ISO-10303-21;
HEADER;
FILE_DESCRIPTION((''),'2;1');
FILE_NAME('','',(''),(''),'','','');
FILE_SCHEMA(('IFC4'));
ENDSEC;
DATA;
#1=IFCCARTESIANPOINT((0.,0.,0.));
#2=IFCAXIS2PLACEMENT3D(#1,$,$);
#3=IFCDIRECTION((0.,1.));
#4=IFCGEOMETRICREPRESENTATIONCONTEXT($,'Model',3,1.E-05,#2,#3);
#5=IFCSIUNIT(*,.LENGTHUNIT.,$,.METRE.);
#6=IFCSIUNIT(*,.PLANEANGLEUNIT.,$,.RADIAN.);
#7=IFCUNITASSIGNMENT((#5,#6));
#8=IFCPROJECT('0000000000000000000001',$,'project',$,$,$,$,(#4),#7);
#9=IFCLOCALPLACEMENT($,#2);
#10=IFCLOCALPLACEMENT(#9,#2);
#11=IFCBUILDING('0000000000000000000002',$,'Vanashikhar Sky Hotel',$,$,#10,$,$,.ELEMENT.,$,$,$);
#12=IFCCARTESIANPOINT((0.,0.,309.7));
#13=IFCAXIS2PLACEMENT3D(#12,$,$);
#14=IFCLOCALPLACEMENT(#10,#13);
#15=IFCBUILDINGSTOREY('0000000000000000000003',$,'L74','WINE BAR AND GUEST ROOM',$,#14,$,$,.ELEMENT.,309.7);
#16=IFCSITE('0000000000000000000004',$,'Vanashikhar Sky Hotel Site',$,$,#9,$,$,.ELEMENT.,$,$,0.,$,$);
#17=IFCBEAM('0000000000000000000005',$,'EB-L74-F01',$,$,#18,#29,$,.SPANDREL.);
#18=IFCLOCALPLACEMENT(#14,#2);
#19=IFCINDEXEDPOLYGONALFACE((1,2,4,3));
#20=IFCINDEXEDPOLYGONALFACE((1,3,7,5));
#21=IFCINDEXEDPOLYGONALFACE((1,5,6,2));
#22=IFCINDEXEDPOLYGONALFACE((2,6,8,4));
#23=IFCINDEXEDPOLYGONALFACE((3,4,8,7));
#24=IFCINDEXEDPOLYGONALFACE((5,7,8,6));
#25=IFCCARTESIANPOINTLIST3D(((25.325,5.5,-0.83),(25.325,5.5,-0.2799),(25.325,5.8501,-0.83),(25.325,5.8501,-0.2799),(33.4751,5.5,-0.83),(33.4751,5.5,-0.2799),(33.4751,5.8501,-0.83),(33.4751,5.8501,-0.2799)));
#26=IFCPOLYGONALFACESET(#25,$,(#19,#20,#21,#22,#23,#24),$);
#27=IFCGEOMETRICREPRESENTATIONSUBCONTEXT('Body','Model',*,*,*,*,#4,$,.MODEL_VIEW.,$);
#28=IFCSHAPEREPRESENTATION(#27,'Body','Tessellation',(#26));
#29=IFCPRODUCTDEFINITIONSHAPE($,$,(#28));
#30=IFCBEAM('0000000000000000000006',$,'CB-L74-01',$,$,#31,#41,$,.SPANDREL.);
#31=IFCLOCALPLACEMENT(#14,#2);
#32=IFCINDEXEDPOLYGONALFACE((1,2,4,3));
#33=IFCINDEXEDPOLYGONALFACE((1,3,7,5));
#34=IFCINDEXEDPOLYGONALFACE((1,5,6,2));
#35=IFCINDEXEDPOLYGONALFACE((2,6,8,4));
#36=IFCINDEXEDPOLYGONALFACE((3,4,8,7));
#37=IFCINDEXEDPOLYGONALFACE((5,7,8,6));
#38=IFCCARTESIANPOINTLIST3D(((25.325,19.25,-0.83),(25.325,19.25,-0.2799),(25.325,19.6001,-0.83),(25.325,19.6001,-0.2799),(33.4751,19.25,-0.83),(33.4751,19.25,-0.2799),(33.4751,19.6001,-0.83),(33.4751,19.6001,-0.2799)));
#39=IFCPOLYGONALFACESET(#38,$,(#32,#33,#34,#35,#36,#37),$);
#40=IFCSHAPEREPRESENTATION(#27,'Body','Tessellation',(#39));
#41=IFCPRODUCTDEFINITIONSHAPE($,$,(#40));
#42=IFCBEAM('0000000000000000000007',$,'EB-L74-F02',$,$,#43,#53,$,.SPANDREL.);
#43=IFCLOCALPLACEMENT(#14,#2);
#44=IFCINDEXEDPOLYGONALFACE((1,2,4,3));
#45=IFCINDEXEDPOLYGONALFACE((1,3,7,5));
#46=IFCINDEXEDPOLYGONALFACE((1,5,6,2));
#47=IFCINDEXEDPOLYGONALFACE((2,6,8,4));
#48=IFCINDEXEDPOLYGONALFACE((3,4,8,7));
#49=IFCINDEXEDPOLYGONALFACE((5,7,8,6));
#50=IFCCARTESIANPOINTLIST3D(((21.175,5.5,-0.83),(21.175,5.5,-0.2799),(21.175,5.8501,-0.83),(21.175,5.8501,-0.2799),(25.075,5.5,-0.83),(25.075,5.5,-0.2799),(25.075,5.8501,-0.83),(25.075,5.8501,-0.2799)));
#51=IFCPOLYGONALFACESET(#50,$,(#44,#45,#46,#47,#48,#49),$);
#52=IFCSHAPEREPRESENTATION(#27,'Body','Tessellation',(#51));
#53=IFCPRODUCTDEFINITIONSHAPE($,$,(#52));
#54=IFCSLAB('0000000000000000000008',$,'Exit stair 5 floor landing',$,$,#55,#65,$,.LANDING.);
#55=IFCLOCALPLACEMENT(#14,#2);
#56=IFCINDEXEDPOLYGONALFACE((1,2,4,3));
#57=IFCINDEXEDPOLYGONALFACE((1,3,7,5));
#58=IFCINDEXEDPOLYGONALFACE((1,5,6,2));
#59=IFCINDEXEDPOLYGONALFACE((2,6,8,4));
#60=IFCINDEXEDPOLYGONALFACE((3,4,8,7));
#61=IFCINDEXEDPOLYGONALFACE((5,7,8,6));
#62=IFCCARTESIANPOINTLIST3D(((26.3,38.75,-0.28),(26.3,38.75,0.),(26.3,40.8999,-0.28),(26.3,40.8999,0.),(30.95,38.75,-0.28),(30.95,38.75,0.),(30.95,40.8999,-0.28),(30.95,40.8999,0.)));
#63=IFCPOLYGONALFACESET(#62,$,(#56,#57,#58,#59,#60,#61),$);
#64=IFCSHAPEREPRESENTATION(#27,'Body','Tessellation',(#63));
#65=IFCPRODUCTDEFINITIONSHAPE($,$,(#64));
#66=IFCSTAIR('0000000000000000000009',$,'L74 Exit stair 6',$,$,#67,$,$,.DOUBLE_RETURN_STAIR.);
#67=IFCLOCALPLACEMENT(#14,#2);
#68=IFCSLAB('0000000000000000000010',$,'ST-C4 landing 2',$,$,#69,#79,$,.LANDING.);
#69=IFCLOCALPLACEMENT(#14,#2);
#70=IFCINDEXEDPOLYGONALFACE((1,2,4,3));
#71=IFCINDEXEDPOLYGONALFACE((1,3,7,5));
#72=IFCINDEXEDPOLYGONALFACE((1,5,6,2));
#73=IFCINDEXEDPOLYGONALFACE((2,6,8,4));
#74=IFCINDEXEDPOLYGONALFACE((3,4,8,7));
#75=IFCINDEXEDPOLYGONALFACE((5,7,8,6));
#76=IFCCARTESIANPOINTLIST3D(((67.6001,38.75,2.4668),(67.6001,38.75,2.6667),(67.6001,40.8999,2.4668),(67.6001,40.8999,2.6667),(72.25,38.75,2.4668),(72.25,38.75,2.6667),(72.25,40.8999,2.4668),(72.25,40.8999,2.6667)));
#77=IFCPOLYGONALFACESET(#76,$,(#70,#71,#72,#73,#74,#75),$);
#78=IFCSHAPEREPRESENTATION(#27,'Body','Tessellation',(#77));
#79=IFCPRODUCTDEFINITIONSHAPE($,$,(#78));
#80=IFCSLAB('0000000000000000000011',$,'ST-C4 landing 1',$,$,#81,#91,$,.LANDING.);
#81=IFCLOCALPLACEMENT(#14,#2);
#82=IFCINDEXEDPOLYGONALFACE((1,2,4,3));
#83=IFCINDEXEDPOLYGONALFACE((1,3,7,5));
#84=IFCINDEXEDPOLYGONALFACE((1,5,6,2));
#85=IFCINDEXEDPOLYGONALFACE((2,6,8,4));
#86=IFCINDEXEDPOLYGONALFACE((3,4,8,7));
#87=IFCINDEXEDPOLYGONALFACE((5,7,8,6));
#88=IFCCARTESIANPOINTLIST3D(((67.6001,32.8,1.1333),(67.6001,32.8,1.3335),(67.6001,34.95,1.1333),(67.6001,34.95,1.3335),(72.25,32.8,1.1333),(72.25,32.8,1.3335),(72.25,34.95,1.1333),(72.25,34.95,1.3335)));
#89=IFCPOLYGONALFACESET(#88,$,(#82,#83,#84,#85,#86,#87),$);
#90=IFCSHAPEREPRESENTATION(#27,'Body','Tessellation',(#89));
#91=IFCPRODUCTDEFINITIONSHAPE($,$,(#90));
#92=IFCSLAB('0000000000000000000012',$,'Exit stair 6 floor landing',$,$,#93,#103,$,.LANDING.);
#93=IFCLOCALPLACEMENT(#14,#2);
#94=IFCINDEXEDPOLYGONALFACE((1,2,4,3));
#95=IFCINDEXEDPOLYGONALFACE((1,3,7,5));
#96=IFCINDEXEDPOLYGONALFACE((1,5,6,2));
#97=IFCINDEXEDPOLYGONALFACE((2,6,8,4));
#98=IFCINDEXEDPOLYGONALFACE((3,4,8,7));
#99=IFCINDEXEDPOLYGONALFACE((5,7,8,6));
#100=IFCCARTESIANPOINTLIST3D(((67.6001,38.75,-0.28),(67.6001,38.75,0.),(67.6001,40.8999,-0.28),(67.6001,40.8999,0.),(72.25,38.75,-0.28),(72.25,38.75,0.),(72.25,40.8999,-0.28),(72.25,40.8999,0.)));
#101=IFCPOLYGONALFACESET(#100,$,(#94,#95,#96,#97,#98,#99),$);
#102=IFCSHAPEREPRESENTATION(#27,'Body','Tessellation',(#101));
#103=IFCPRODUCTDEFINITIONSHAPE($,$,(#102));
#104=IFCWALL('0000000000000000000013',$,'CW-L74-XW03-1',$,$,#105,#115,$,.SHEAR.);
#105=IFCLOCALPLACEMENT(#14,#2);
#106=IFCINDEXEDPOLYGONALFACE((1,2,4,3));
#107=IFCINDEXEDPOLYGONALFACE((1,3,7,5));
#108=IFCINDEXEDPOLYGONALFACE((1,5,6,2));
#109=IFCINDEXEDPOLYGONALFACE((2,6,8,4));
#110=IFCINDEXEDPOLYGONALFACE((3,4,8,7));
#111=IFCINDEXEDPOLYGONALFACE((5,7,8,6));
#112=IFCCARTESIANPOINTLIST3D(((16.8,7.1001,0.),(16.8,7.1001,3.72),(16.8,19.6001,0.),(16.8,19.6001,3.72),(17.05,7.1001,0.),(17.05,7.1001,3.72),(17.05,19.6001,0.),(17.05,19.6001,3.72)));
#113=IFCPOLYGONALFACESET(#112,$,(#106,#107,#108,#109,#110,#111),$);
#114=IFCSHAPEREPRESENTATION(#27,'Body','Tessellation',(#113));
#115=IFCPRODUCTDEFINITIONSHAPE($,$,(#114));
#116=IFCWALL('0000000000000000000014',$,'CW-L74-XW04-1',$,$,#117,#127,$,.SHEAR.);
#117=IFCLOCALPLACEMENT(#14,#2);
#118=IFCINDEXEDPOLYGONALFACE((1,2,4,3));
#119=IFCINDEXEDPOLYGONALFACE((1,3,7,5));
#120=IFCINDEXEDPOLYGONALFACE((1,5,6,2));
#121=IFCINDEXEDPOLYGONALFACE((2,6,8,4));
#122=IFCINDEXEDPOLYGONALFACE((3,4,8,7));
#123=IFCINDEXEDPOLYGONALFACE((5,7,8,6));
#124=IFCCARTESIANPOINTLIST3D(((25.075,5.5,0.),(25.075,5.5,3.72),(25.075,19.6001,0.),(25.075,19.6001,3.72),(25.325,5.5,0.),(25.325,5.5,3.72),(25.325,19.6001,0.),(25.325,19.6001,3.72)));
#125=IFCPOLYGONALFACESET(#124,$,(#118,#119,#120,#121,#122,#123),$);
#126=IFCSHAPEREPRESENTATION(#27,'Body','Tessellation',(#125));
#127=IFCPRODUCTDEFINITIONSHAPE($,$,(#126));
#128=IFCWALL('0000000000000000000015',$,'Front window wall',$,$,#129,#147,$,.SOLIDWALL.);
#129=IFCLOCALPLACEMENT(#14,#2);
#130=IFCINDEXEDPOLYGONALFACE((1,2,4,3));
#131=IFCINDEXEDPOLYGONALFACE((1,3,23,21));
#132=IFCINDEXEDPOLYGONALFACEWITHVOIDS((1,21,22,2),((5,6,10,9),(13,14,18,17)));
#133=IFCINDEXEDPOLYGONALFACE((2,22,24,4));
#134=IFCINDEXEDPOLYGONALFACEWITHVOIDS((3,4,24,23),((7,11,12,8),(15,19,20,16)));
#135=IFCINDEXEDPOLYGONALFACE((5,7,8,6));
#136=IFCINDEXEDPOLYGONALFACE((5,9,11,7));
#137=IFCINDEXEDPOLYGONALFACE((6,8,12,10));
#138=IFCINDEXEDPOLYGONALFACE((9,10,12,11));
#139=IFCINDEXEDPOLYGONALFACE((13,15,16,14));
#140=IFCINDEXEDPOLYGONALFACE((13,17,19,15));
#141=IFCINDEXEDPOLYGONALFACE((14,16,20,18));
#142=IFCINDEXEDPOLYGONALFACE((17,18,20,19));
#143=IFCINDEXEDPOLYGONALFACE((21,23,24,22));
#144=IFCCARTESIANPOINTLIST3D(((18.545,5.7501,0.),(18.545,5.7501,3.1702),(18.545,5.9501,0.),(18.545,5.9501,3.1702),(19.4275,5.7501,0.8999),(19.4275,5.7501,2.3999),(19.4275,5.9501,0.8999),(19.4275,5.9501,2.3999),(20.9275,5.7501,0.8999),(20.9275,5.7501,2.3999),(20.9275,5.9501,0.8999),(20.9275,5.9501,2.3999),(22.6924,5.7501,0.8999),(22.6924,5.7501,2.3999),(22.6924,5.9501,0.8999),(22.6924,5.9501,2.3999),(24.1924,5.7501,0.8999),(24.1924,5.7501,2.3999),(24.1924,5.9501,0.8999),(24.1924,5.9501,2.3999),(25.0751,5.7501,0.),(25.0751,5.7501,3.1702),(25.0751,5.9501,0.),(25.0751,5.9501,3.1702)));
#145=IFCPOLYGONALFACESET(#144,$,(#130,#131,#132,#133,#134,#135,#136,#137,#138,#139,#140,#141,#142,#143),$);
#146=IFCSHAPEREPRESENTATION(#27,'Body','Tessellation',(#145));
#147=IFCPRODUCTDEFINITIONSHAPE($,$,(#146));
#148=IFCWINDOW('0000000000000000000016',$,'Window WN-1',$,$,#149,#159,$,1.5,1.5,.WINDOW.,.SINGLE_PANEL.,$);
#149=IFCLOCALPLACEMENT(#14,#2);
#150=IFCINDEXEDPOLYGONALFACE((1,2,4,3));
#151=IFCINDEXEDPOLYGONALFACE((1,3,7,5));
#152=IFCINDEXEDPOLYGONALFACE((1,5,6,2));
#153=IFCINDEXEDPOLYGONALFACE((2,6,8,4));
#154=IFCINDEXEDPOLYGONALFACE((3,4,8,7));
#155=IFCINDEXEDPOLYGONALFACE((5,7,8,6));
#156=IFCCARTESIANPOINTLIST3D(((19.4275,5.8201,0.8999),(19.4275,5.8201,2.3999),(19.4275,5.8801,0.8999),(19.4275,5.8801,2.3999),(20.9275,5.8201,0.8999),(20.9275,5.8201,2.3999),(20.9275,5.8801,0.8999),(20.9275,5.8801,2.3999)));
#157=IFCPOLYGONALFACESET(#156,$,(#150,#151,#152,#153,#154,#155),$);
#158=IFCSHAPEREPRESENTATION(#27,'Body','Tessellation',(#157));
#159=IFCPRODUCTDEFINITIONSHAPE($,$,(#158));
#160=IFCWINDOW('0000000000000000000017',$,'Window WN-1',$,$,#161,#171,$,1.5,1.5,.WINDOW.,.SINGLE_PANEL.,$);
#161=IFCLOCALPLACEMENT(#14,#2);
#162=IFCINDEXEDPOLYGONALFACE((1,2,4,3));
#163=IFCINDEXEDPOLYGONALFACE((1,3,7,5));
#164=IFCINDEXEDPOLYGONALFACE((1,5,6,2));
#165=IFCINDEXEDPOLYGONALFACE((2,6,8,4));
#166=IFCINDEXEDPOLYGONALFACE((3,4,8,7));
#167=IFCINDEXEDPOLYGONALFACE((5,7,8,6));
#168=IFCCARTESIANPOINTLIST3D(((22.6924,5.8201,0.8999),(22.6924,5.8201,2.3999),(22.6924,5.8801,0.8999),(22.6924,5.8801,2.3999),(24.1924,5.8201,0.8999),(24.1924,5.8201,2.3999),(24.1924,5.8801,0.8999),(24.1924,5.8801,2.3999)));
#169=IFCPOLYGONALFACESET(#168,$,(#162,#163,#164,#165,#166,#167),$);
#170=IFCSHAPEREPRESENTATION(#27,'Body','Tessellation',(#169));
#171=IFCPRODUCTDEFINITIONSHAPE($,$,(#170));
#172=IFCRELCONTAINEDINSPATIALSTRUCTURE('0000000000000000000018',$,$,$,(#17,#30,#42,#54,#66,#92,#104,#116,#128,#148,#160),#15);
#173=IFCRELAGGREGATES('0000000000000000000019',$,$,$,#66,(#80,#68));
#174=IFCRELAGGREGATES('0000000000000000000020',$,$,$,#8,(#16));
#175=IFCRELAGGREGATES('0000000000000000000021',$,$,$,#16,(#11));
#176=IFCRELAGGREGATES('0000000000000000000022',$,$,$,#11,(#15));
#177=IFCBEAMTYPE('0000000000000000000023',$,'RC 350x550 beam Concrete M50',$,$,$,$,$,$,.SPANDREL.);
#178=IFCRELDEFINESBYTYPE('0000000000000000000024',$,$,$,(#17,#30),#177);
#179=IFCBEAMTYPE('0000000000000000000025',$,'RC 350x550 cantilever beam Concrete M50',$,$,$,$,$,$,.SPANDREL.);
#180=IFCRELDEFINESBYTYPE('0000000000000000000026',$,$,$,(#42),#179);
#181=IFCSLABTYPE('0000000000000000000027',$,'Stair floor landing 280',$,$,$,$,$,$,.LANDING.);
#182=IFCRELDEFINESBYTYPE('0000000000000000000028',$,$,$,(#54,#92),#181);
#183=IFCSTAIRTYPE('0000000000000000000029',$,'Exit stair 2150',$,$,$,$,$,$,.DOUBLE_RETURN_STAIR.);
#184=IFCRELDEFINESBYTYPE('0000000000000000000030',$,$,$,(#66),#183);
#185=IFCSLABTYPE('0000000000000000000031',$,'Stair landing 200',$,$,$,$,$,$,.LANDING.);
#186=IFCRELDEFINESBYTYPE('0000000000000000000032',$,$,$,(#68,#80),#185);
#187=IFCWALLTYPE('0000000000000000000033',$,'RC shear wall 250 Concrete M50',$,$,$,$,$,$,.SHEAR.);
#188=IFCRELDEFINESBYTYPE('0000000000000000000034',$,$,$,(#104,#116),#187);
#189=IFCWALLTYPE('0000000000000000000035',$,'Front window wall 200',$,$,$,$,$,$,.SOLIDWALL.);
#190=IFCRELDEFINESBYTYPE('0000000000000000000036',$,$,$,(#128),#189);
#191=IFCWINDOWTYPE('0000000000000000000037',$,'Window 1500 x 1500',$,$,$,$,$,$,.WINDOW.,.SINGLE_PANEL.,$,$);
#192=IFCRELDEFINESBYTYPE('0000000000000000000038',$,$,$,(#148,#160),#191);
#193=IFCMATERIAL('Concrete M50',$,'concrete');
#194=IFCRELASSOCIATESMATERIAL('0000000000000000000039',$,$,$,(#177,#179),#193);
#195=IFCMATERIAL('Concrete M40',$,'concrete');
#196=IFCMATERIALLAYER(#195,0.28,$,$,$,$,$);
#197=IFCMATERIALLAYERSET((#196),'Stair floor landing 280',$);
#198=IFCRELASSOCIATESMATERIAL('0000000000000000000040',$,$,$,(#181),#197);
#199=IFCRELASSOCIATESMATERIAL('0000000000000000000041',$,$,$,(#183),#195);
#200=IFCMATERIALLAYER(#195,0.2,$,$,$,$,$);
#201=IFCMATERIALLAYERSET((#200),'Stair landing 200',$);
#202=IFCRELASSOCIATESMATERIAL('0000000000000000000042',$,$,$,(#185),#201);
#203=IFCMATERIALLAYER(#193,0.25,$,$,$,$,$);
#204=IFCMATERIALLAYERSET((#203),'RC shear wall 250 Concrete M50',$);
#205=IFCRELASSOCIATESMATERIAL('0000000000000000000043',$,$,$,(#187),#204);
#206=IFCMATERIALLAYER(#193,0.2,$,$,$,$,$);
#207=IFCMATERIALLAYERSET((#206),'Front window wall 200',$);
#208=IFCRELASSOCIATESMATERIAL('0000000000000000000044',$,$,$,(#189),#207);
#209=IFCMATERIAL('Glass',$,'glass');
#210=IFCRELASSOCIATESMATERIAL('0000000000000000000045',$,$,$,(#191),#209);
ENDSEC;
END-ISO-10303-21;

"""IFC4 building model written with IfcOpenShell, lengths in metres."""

from ifc_helpers import new_model, si_unit, direction, frame, frame_2d, origin, origin_2d, place, context, subcontext, project, spatial, polyline, rectangle, outline, extrude, source, transform, mapped, material, layer, layer_set, material_profile, profile_set, type_object, element, fill, aggregate, save


model = new_model("IFC4")

# Units and contexts
model_context = context("Model", 3, precision=1e-05, world=origin(), true_north=direction((0.0, 1.0)))
body_context = subcontext(model_context, "Body", "Model", "MODEL_VIEW")
ifc_project = project(units=[si_unit("LENGTHUNIT", "METRE"), si_unit("PLANEANGLEUNIT", "RADIAN")], contexts=[model_context])

# Site, building, storey
site_placement = place(None, origin())
site = spatial("IfcSite", under=ifc_project, at=site_placement, Name="Vanashikhar Sky Hotel Site", CompositionType="ELEMENT", RefElevation=0.0)
building_placement = place(site_placement, origin())
building = spatial("IfcBuilding", under=site, at=building_placement, Name="Vanashikhar Sky Hotel", CompositionType="ELEMENT")
storey_placement = place(building_placement, frame((0.0, 0.0, 309.7)))
storey = spatial("IfcBuildingStorey", under=building, at=storey_placement, Name="L74", Description="WINE BAR AND GUEST ROOM", CompositionType="ELEMENT", Elevation=309.7)

# Beams
ifc_material_1 = material(Name="Concrete M50", Category="concrete")
ifc_material_profile_1 = material_profile(ifc_material_1, rectangle(XDim=0.3501, YDim=0.55, at=origin_2d()))
ifc_profile_set_1 = profile_set([ifc_material_profile_1], Name="RC 350x550 beam Concrete M50")
beam_type_1 = type_object("IfcBeamType", Name="RC 350x550 beam Concrete M50", PredefinedType="SPANDREL", material=ifc_profile_set_1)
shared_shape_1 = source(origin(), body_context, "Body", "SweptSolid", [
    extrude(rectangle(XDim=0.3501, YDim=0.55, at=origin_2d()), origin(), (0.0, 0.0, 1.0), 8.1501),
])
for number, where, z_axis, x_axis, name in (
    (1, (25.325, 5.675, -0.5549), (1.0, 0.0, 0.0), (0.0, 1.0, 0.0), "EB-L74-F01"),
    (2, (25.325, 19.425, -0.5549), (1.0, 0.0, 0.0), (0.0, 1.0, 0.0), "CB-L74-01"),
):
    element("IfcBeam", number, at=place(storey_placement, frame(where, z_axis=z_axis, x_axis=x_axis)), inside=storey, type_object=beam_type_1, Name=name, PredefinedType="SPANDREL", context=body_context, shape_type="MappedRepresentation", body=[
        mapped(shared_shape_1, transform((0.0, 0.0, 0.0), scale=1.0)),
    ])
ifc_material_profile_2 = material_profile(ifc_material_1, rectangle(XDim=0.3501, YDim=0.55, at=origin_2d()))
ifc_profile_set_2 = profile_set([ifc_material_profile_2], Name="RC 350x550 cantilever beam Concrete M50")
beam_type_2 = type_object("IfcBeamType", Name="RC 350x550 cantilever beam Concrete M50", PredefinedType="SPANDREL", material=ifc_profile_set_2)
shared_shape_2 = source(origin(), body_context, "Body", "SweptSolid", [
    extrude(rectangle(XDim=0.3501, YDim=0.55, at=origin_2d()), origin(), (0.0, 0.0, 1.0), 3.8999),
])
beam_placement = place(storey_placement, frame((21.175, 5.675, -0.5549), z_axis=(1.0, 0.0, 0.0), x_axis=(0.0, 1.0, 0.0)))
element("IfcBeam", 3, at=beam_placement, inside=storey, type_object=beam_type_2, Name="EB-L74-F02", PredefinedType="SPANDREL", context=body_context, shape_type="MappedRepresentation", body=[
    mapped(shared_shape_2, transform((0.0, 0.0, 0.0), scale=1.0)),
])

# Slab
ifc_material_2 = material(Name="Concrete M40", Category="concrete")
ifc_layer_1 = layer(ifc_material_2, 0.28)
ifc_layer_set_1 = layer_set([ifc_layer_1], Name="Stair floor landing 280")
slab_type_1 = type_object("IfcSlabType", Name="Stair floor landing 280", PredefinedType="LANDING", material=ifc_layer_set_1)
shared_shape_3 = source(origin(), body_context, "Body", "SweptSolid", [
    extrude(outline(polyline([(30.95, 38.75), (30.95, 40.8999), (26.3, 40.8999), (26.3, 38.75), (30.95, 38.75)])), origin(), (0.0, 0.0, 1.0), 0.28),
])
slab_1_placement = place(storey_placement, frame((0.0, 0.0, -0.28)))
element("IfcSlab", 4, at=slab_1_placement, inside=storey, type_object=slab_type_1, Name="Exit stair 5 floor landing", PredefinedType="LANDING", context=body_context, shape_type="MappedRepresentation", body=[
    mapped(shared_shape_3, transform((0.0, 0.0, 0.0), scale=1.0)),
])

# Stair, slabs
stair_type = type_object("IfcStairType", Name="Exit stair 2150", PredefinedType="DOUBLE_RETURN_STAIR", material=ifc_material_2)
stair_placement = place(storey_placement, origin())
stair = element("IfcStair", 5, at=stair_placement, inside=storey, type_object=stair_type, Name="L74 Exit stair 6", PredefinedType="DOUBLE_RETURN_STAIR")
ifc_layer_2 = layer(ifc_material_2, 0.2)
ifc_layer_set_2 = layer_set([ifc_layer_2], Name="Stair landing 200")
slab_type_2 = type_object("IfcSlabType", Name="Stair landing 200", PredefinedType="LANDING", material=ifc_layer_set_2)
shared_shape_4 = source(origin(), body_context, "Body", "SweptSolid", [
    extrude(outline(polyline([(72.25, 38.75), (72.25, 40.8999), (67.6001, 40.8999), (67.6001, 38.75), (72.25, 38.75)])), origin(), (0.0, 0.0, 1.0), 0.2),
])
slab_2_placement = place(storey_placement, frame((0.0, 0.0, 2.4668)))
slab_2 = element("IfcSlab", 6, at=slab_2_placement, type_object=slab_type_2, Name="ST-C4 landing 2", PredefinedType="LANDING", context=body_context, shape_type="MappedRepresentation", body=[
    mapped(shared_shape_4, transform((0.0, 0.0, 0.0), scale=1.0)),
])
shared_shape_5 = source(origin(), body_context, "Body", "SweptSolid", [
    extrude(outline(polyline([(72.25, 32.8), (72.25, 34.95), (67.6001, 34.95), (67.6001, 32.8), (72.25, 32.8)])), origin(), (0.0, 0.0, 1.0), 0.2002),
])
slab_3_placement = place(storey_placement, frame((0.0, 0.0, 1.1333)))
slab_3 = element("IfcSlab", 7, at=slab_3_placement, type_object=slab_type_2, Name="ST-C4 landing 1", PredefinedType="LANDING", context=body_context, shape_type="MappedRepresentation", body=[
    mapped(shared_shape_5, transform((0.0, 0.0, 0.0), scale=1.0)),
])
aggregate(stair, [slab_3, slab_2])

# Slab
shared_shape_6 = source(origin(), body_context, "Body", "SweptSolid", [
    extrude(outline(polyline([(72.25, 38.75), (72.25, 40.8999), (67.6001, 40.8999), (67.6001, 38.75), (72.25, 38.75)])), origin(), (0.0, 0.0, 1.0), 0.28),
])
slab_4_placement = place(storey_placement, frame((0.0, 0.0, -0.28)))
element("IfcSlab", 8, at=slab_4_placement, inside=storey, type_object=slab_type_1, Name="Exit stair 6 floor landing", PredefinedType="LANDING", context=body_context, shape_type="MappedRepresentation", body=[
    mapped(shared_shape_6, transform((0.0, 0.0, 0.0), scale=1.0)),
])

# Walls
ifc_layer_3 = layer(ifc_material_1, 0.25)
ifc_layer_set_3 = layer_set([ifc_layer_3], Name="RC shear wall 250 Concrete M50")
wall_type_1 = type_object("IfcWallType", Name="RC shear wall 250 Concrete M50", PredefinedType="SHEAR", material=ifc_layer_set_3)
shared_shape_7 = source(origin(), body_context, "Body", "SweptSolid", [
    extrude(rectangle(XDim=12.5, YDim=0.25, at=frame_2d((6.25, 0.0))), origin(), (0.0, 0.0, 1.0), 3.72),
])
wall_1_placement = place(storey_placement, frame((16.925, 7.1001, 0.0), z_axis=(0.0, 0.0, 1.0), x_axis=(0.0, 1.0, 0.0)))
element("IfcWall", 9, at=wall_1_placement, inside=storey, type_object=wall_type_1, Name="CW-L74-XW03-1", PredefinedType="SHEAR", context=body_context, shape_type="MappedRepresentation", body=[
    mapped(shared_shape_7, transform((0.0, 0.0, 0.0), scale=1.0)),
])
shared_shape_8 = source(origin(), body_context, "Body", "SweptSolid", [
    extrude(rectangle(XDim=14.1001, YDim=0.25, at=frame_2d((7.05, 0.0))), origin(), (0.0, 0.0, 1.0), 3.72),
])
wall_2_placement = place(storey_placement, frame((25.2, 5.5, 0.0), z_axis=(0.0, 0.0, 1.0), x_axis=(0.0, 1.0, 0.0)))
element("IfcWall", 10, at=wall_2_placement, inside=storey, type_object=wall_type_1, Name="CW-L74-XW04-1", PredefinedType="SHEAR", context=body_context, shape_type="MappedRepresentation", body=[
    mapped(shared_shape_8, transform((0.0, 0.0, 0.0), scale=1.0)),
])

# Wall, openings, windows
ifc_layer_4 = layer(ifc_material_1, 0.2)
ifc_layer_set_4 = layer_set([ifc_layer_4], Name="Front window wall 200")
wall_type_2 = type_object("IfcWallType", Name="Front window wall 200", PredefinedType="SOLIDWALL", material=ifc_layer_set_4)
shared_shape_9 = source(origin(), body_context, "Body", "SweptSolid", [
    extrude(rectangle(XDim=6.53, YDim=0.2, at=frame_2d((3.2651, 0.0))), origin(), (0.0, 0.0, 1.0), 3.1702),
])
wall_3_placement = place(storey_placement, frame((18.5449, 5.8501, 0.0), z_axis=(0.0, 0.0, 1.0), x_axis=(1.0, 0.0, 0.0)))
wall_3 = element("IfcWall", 11, at=wall_3_placement, inside=storey, type_object=wall_type_2, Name="Front window wall", PredefinedType="SOLIDWALL", context=body_context, shape_type="MappedRepresentation", body=[
    mapped(shared_shape_9, transform((0.0, 0.0, 0.0), scale=1.0)),
])
shared_shape_10 = source(origin(), body_context, "Body", "SweptSolid", [
    extrude(rectangle(XDim=1.5, YDim=1.5, at=frame_2d((0.75, 0.75))), frame((0.0, 0.1099, 0.0), z_axis=(0.0, -1.0, 0.0), x_axis=(1.0, 0.0, 0.0)), (0.0, 0.0, 1.0), 0.22),
])
opening_1_placement = place(wall_3_placement, frame((0.8826, 0.0, 0.8999)))
opening_1 = element("IfcOpeningElement", 12, at=opening_1_placement, cuts=wall_3, PredefinedType="OPENING", context=body_context, shape_type="MappedRepresentation", body=[
    mapped(shared_shape_10, transform((0.0, 0.0, 0.0), scale=1.0)),
])
opening_2_placement = place(wall_3_placement, frame((4.1475, 0.0, 0.8999)))
opening_2 = element("IfcOpeningElement", 13, at=opening_2_placement, cuts=wall_3, PredefinedType="OPENING", context=body_context, shape_type="MappedRepresentation", body=[
    mapped(shared_shape_10, transform((0.0, 0.0, 0.0), scale=1.0)),
])
ifc_material_3 = material(Name="Glass", Category="glass")
window_type_1 = type_object("IfcWindowType", Name="Window 1500 x 1500", PartitioningType="SINGLE_PANEL", PredefinedType="WINDOW", material=ifc_material_3)
shared_shape_11 = source(origin(), body_context, "Body", "SweptSolid", [
    extrude(rectangle(XDim=1.5, YDim=1.5, at=frame_2d((0.75, 0.75))), frame((0.0, 0.03, 0.0), z_axis=(0.0, -1.0, 0.0), x_axis=(1.0, 0.0, 0.0)), (0.0, 0.0, 1.0), 0.0601),
])
window_1_placement = place(opening_1_placement, origin())
window_1 = element("IfcWindow", 14, at=window_1_placement, inside=storey, type_object=window_type_1, Name="Window WN-1", OverallHeight=1.5, OverallWidth=1.5, PartitioningType="SINGLE_PANEL", PredefinedType="WINDOW", context=body_context, shape_type="MappedRepresentation", body=[
    mapped(shared_shape_11, transform((0.0, 0.0, 0.0), scale=1.0)),
])
fill(opening_1, window_1)
window_2_placement = place(opening_2_placement, origin())
window_2 = element("IfcWindow", 15, at=window_2_placement, inside=storey, type_object=window_type_1, Name="Window WN-1", OverallHeight=1.5, OverallWidth=1.5, PartitioningType="SINGLE_PANEL", PredefinedType="WINDOW", context=body_context, shape_type="MappedRepresentation", body=[
    mapped(shared_shape_11, transform((0.0, 0.0, 0.0), scale=1.0)),
])
fill(opening_2, window_2)

save(model, "model.ifc")
